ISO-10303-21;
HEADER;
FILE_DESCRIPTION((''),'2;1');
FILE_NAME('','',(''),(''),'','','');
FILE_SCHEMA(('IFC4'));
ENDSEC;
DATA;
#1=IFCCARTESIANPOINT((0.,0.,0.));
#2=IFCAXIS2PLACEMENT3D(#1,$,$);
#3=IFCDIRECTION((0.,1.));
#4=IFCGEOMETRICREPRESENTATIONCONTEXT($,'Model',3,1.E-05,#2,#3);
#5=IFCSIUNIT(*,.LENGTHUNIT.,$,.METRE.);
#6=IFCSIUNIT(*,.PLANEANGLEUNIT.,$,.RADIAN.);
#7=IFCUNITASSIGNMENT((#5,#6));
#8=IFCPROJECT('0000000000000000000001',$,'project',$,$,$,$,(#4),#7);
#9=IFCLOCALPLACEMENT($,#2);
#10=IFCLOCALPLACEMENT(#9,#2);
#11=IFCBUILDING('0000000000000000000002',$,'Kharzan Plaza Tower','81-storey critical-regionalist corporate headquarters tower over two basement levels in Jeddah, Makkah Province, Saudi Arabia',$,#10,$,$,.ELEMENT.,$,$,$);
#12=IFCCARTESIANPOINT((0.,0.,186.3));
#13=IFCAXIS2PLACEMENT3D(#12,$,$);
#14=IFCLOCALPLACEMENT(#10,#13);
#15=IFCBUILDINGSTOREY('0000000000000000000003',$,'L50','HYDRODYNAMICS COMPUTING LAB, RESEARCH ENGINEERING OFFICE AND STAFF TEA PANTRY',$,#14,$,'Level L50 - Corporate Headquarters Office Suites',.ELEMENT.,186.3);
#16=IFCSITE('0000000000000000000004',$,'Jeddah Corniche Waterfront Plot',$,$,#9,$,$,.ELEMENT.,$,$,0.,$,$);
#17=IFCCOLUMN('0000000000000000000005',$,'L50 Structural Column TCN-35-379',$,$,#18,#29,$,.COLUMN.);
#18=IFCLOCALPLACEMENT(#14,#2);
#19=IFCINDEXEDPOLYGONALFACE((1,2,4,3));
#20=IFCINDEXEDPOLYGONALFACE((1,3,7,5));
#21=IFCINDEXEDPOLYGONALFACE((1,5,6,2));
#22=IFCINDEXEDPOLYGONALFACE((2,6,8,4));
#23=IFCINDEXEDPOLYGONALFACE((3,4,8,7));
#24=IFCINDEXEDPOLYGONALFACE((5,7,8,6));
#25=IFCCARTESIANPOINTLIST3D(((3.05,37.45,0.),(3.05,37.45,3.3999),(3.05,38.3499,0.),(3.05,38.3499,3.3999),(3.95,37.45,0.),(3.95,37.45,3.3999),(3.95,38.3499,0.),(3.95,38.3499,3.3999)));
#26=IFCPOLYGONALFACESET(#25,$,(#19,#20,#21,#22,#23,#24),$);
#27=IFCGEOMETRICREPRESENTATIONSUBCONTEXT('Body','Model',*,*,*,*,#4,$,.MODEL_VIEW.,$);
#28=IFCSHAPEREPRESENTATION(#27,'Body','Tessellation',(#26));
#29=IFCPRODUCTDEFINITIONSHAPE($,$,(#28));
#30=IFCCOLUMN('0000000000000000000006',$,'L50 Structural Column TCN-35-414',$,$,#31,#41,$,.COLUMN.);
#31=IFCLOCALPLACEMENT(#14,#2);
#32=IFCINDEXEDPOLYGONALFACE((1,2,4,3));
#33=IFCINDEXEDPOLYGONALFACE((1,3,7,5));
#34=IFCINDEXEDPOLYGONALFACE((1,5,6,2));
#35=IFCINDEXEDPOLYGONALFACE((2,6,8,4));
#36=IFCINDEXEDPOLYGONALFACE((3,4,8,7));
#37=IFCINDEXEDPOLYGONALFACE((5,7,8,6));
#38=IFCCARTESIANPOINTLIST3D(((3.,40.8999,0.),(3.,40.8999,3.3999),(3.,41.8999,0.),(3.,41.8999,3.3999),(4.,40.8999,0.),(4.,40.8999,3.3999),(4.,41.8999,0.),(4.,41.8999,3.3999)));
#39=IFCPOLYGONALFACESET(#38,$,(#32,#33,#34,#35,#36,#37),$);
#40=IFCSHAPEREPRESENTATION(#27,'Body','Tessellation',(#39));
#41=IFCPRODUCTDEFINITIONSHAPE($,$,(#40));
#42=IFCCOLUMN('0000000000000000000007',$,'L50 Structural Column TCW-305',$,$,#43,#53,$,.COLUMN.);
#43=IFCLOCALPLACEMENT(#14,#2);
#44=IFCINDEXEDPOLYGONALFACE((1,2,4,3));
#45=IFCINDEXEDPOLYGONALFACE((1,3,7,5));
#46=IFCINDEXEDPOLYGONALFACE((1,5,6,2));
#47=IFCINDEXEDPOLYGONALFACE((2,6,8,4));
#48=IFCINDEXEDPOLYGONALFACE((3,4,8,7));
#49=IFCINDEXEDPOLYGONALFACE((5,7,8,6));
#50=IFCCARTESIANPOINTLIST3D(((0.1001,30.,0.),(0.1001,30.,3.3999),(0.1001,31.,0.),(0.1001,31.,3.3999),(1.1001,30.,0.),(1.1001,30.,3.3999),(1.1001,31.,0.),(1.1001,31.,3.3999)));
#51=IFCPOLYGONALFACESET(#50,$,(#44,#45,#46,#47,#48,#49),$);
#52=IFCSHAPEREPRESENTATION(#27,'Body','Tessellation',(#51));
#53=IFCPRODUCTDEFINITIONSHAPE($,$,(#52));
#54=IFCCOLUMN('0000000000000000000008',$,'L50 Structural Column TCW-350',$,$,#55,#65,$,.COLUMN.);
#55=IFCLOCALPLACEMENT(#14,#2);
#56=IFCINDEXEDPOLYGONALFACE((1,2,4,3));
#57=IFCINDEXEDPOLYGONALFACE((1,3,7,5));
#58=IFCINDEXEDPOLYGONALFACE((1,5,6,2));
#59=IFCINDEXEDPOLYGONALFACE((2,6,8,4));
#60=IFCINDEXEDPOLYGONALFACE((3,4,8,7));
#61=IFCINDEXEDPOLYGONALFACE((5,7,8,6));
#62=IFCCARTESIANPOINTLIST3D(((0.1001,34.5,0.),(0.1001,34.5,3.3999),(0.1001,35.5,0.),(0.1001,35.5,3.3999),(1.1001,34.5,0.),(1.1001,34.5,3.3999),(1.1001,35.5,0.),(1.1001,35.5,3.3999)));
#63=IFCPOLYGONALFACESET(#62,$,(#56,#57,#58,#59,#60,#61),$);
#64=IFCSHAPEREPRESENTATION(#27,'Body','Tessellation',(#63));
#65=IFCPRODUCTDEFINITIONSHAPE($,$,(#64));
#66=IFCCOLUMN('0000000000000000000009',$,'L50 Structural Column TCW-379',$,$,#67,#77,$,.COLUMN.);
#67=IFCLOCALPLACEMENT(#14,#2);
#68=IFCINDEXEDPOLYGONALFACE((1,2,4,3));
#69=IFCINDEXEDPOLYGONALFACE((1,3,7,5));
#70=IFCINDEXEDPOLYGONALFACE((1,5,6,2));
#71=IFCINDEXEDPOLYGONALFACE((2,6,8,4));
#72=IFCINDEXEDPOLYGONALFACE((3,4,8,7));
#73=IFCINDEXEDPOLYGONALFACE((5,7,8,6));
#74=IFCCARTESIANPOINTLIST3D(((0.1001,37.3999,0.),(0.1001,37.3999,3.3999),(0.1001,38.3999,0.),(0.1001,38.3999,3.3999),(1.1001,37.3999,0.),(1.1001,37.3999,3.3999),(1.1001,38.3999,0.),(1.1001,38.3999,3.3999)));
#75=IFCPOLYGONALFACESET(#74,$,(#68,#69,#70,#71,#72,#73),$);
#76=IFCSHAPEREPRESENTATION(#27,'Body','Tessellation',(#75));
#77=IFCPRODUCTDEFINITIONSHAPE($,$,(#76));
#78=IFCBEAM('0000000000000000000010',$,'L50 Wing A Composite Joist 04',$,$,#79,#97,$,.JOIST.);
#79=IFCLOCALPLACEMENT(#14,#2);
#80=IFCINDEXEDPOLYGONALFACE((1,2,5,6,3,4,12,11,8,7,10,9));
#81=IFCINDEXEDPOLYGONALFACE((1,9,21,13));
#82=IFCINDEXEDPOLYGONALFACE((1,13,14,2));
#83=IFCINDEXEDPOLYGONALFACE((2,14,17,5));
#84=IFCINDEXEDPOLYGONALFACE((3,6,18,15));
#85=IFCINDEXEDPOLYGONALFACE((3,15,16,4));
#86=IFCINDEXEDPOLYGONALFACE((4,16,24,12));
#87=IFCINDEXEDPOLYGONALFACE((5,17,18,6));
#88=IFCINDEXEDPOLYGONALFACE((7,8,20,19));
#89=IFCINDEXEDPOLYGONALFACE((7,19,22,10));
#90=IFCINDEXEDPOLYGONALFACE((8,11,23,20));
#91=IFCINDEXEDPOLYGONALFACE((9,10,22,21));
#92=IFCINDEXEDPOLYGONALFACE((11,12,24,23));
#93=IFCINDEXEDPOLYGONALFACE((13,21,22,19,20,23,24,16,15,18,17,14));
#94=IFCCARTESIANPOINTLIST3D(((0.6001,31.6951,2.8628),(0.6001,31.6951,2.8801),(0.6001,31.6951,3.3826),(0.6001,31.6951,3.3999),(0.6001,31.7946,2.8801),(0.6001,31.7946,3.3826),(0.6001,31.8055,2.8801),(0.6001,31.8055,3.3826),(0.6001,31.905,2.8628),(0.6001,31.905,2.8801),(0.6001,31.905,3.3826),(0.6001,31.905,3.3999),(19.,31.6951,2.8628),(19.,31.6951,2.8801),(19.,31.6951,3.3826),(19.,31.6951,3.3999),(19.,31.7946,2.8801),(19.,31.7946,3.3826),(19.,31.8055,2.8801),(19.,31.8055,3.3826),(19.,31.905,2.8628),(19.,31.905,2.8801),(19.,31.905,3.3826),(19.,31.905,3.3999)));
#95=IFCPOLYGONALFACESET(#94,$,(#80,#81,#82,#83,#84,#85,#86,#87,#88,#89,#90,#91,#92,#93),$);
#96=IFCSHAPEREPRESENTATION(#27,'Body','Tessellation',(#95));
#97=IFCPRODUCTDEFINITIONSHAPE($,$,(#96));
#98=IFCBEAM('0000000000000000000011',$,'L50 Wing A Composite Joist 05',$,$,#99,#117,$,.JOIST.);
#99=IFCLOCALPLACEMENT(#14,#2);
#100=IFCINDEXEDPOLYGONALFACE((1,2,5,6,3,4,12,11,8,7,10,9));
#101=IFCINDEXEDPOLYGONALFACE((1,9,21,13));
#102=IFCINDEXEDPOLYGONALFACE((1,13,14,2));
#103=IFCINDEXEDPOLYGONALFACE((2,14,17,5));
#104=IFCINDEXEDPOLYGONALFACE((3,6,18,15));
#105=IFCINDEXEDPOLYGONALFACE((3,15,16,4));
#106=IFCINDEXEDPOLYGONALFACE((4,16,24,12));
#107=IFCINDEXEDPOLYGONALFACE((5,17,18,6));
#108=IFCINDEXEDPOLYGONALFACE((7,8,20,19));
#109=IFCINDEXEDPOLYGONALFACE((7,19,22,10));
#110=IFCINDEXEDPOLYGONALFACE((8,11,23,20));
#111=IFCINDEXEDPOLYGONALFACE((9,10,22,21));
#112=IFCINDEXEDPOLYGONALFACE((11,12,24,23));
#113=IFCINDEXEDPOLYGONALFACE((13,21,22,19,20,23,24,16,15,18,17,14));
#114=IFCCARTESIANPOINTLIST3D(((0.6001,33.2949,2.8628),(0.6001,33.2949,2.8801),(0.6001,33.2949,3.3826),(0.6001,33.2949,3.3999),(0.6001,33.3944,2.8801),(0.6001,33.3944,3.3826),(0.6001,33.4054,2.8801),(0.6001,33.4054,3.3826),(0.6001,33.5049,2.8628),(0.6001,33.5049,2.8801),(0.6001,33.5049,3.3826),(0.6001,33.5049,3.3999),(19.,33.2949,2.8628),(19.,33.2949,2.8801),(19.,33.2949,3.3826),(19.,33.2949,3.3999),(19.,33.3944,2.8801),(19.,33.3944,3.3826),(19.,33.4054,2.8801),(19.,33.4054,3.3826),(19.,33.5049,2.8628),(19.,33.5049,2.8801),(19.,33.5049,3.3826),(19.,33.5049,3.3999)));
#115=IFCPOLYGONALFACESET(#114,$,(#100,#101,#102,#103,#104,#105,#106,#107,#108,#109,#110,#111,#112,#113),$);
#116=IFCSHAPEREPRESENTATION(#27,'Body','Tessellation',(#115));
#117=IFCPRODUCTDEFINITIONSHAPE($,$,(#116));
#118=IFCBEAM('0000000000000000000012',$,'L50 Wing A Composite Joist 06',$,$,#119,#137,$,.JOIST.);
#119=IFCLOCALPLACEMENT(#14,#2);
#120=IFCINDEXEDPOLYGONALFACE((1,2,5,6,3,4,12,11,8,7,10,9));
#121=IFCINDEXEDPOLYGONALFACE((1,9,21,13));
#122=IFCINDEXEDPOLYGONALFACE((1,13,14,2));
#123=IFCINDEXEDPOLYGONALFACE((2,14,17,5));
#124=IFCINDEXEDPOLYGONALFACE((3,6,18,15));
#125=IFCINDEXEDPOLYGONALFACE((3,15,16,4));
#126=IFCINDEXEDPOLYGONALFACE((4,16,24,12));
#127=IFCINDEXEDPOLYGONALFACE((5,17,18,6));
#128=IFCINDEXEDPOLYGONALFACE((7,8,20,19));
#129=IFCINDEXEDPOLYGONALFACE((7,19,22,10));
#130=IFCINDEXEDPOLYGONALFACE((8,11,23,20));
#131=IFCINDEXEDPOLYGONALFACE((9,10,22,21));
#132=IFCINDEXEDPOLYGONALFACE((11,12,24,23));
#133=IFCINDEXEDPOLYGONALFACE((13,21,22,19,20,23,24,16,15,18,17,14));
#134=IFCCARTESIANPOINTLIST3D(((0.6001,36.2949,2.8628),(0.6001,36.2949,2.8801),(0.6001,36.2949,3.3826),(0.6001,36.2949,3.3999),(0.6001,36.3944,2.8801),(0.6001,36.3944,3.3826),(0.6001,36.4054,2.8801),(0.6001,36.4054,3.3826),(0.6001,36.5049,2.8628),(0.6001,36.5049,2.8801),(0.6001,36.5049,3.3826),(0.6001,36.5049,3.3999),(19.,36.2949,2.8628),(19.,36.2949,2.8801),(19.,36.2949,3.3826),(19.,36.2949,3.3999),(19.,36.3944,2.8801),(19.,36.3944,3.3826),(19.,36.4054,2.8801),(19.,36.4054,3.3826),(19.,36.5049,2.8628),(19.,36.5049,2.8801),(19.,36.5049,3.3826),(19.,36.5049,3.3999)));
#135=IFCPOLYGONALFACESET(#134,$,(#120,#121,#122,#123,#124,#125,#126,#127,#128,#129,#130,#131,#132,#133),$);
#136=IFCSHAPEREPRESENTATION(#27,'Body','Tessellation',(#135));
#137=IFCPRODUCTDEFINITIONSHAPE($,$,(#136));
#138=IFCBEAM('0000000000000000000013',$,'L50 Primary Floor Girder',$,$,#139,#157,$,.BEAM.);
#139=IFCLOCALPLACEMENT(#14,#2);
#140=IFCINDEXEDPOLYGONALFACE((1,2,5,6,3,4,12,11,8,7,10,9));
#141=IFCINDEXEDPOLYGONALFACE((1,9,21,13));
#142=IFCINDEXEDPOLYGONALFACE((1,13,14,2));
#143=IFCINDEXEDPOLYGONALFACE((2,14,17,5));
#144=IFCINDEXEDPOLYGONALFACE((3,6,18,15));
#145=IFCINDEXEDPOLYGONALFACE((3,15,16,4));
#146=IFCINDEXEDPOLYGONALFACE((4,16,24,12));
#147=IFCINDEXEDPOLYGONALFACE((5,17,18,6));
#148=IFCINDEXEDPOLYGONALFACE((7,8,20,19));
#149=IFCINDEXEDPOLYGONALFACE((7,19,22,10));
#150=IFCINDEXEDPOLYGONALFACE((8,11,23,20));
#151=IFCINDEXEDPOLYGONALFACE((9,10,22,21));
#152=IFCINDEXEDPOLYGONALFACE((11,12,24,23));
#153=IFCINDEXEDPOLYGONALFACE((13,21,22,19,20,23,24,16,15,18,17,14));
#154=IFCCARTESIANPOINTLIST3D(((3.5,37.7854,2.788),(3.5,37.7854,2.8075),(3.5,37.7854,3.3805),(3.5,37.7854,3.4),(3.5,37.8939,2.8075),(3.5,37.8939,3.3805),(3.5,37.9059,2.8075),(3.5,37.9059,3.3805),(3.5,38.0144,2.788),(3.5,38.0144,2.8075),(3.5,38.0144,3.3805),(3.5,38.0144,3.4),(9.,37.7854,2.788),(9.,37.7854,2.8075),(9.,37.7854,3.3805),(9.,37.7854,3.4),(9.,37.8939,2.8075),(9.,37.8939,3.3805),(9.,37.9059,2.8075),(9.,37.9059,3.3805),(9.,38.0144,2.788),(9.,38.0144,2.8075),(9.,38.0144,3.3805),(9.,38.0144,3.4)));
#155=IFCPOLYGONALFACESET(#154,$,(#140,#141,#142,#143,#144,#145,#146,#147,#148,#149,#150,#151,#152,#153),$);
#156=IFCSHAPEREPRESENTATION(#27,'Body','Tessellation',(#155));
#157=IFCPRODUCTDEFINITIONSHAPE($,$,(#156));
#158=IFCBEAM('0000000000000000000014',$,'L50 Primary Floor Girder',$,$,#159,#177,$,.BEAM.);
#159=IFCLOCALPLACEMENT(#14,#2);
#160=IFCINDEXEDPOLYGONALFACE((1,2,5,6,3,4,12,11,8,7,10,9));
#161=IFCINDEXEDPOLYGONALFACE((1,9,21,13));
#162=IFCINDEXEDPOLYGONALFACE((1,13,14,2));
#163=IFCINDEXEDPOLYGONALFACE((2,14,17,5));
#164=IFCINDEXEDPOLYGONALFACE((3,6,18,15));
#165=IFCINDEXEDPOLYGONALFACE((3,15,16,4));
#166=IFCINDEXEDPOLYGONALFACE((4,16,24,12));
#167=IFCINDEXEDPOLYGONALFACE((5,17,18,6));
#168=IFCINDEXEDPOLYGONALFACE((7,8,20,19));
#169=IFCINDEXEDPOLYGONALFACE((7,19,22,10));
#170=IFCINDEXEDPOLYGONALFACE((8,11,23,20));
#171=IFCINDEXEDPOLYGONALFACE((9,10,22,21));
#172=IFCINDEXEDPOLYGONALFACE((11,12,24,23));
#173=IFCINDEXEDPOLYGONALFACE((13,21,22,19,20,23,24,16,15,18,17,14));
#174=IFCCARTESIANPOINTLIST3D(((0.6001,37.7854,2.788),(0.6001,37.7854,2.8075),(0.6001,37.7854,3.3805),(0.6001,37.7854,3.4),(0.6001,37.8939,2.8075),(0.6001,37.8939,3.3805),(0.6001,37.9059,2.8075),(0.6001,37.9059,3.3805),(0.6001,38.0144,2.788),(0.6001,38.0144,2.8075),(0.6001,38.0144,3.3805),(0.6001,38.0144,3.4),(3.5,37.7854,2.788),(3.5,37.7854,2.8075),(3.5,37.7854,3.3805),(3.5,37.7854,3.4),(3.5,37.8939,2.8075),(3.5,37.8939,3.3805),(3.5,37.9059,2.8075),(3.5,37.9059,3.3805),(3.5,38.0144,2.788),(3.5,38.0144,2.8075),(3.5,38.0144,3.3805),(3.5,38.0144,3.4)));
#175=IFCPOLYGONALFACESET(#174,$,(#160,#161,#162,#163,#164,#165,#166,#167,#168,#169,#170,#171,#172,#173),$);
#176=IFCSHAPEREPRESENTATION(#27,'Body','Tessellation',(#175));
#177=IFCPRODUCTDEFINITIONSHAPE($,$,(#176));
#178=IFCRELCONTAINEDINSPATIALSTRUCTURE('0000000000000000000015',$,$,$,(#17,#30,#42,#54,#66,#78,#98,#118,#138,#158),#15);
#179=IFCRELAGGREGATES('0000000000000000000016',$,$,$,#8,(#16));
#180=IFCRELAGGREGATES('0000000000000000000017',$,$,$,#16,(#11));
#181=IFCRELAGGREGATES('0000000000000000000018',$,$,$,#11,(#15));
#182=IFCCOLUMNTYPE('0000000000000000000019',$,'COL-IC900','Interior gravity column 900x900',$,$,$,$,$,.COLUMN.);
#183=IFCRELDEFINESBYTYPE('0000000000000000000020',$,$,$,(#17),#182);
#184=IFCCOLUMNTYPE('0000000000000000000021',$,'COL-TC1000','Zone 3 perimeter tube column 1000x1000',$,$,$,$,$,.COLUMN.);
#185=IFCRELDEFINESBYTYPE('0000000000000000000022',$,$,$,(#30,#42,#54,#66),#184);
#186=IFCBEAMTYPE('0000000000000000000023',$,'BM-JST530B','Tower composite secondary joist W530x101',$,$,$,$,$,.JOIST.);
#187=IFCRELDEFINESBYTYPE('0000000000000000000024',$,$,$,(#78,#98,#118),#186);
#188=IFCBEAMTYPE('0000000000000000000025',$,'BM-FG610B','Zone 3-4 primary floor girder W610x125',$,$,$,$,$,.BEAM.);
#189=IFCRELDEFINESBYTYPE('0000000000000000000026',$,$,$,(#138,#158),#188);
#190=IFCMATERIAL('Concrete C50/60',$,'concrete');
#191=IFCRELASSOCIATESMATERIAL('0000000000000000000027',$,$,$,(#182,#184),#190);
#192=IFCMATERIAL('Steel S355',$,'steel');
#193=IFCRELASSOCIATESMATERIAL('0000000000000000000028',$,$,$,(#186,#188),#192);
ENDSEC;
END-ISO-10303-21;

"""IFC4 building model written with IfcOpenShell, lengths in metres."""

from ifc_helpers import new_model, si_unit, direction, frame, origin, origin_2d, place, context, subcontext, project, spatial, rectangle, i_section, extrude, source, transform, mapped, material, material_profile, profile_set, type_object, element, save


model = new_model("IFC4")

# Units and contexts
model_context = context("Model", 3, precision=1e-05, world=origin(), true_north=direction((0.0, 1.0)))
body_context = subcontext(model_context, "Body", "Model", "MODEL_VIEW")
ifc_project = project(units=[si_unit("LENGTHUNIT", "METRE"), si_unit("PLANEANGLEUNIT", "RADIAN")], contexts=[model_context])

# Site, building, storey
site_placement = place(None, origin())
site = spatial("IfcSite", under=ifc_project, at=site_placement, Name="Jeddah Corniche Waterfront Plot", CompositionType="ELEMENT", RefElevation=0.0)
building_placement = place(site_placement, origin())
building = spatial("IfcBuilding", under=site, at=building_placement, Name="Kharzan Plaza Tower", Description="81-storey critical-regionalist corporate headquarters tower over two basement levels in Jeddah, Makkah Province, Saudi Arabia", CompositionType="ELEMENT")
storey_placement = place(building_placement, frame((0.0, 0.0, 186.3)))
storey = spatial("IfcBuildingStorey", under=building, at=storey_placement, Name="L50", Description="HYDRODYNAMICS COMPUTING LAB, RESEARCH ENGINEERING OFFICE AND STAFF TEA PANTRY", LongName="Level L50 - Corporate Headquarters Office Suites", CompositionType="ELEMENT", Elevation=186.3)

# Columns
ifc_material_1 = material(Name="Concrete C50/60", Category="concrete")
ifc_material_profile_1 = material_profile(ifc_material_1, rectangle(XDim=0.8999, YDim=0.8999, at=origin_2d()), Name="RC-IC900x900")
ifc_profile_set_1 = profile_set([ifc_material_profile_1], Name="Concrete C50/60")
column_type_1 = type_object("IfcColumnType", Name="COL-IC900", Description="Interior gravity column 900x900", PredefinedType="COLUMN", material=ifc_profile_set_1)
shared_shape_1 = source(origin(), body_context, "Body", "SweptSolid", [
    extrude(rectangle(XDim=0.8999, YDim=0.8999, at=origin_2d()), origin(), (0.0, 0.0, 1.0), 3.3999),
])
column_placement = place(storey_placement, frame((3.5, 37.8999, 0.0), z_axis=(0.0, 0.0, 1.0), x_axis=(1.0, 0.0, 0.0)))
element("IfcColumn", 1, at=column_placement, inside=storey, type_object=column_type_1, Name="L50 Structural Column TCN-35-379", PredefinedType="COLUMN", context=body_context, shape_type="MappedRepresentation", body=[
    mapped(shared_shape_1, transform((0.0, 0.0, 0.0), x_axis=(1.0, 0.0, 0.0), y_axis=(0.0, 1.0, 0.0), z_axis=(0.0, 0.0, 1.0))),
])
ifc_material_profile_2 = material_profile(ifc_material_1, rectangle(XDim=1.0, YDim=1.0, at=origin_2d()), Name="RC-TC1000x1000")
ifc_profile_set_2 = profile_set([ifc_material_profile_2], Name="Concrete C50/60")
column_type_2 = type_object("IfcColumnType", Name="COL-TC1000", Description="Zone 3 perimeter tube column 1000x1000", PredefinedType="COLUMN", material=ifc_profile_set_2)
shared_shape_2 = source(origin(), body_context, "Body", "SweptSolid", [
    extrude(rectangle(XDim=1.0, YDim=1.0, at=origin_2d()), origin(), (0.0, 0.0, 1.0), 3.3999),
])
for number, where, z_axis, x_axis, name in (
    (2, (3.5, 41.3999, 0.0), (0.0, 0.0, 1.0), (1.0, 0.0, 0.0), "L50 Structural Column TCN-35-414"),
    (3, (0.6001, 30.5, 0.0), (0.0, 0.0, 1.0), (1.0, 0.0, 0.0), "L50 Structural Column TCW-305"),
    (4, (0.6001, 35.0, 0.0), (0.0, 0.0, 1.0), (1.0, 0.0, 0.0), "L50 Structural Column TCW-350"),
    (5, (0.6001, 37.8999, 0.0), (0.0, 0.0, 1.0), (1.0, 0.0, 0.0), "L50 Structural Column TCW-379"),
):
    element("IfcColumn", number, at=place(storey_placement, frame(where, z_axis=z_axis, x_axis=x_axis)), inside=storey, type_object=column_type_2, Name=name, PredefinedType="COLUMN", context=body_context, shape_type="MappedRepresentation", body=[
        mapped(shared_shape_2, transform((0.0, 0.0, 0.0), x_axis=(1.0, 0.0, 0.0), y_axis=(0.0, 1.0, 0.0), z_axis=(0.0, 0.0, 1.0))),
    ])

# Beams
ifc_material_2 = material(Name="Steel S355", Category="steel")
ifc_material_profile_3 = material_profile(ifc_material_2, i_section(OverallWidth=0.21, OverallDepth=0.5371, WebThickness=0.011, FlangeThickness=0.0173, at=origin_2d()), Name="W530x101")
ifc_profile_set_3 = profile_set([ifc_material_profile_3], Name="Steel S355")
beam_type_1 = type_object("IfcBeamType", Name="BM-JST530B", Description="Tower composite secondary joist W530x101", PredefinedType="JOIST", material=ifc_profile_set_3)
shared_shape_3 = source(origin(), body_context, "Body", "SweptSolid", [
    extrude(i_section(OverallWidth=0.21, OverallDepth=0.5371, WebThickness=0.011, FlangeThickness=0.0173, at=origin_2d()), origin(), (0.0, 0.0, 1.0), 18.3999),
])
for number, where, z_axis, x_axis, name in (
    (6, (0.6001, 31.8, 3.1313), (1.0, 0.0, 0.0), (0.0, 1.0, 0.0), "L50 Wing A Composite Joist 04"),
    (7, (0.6001, 33.3999, 3.1313), (1.0, 0.0, 0.0), (0.0, 1.0, 0.0), "L50 Wing A Composite Joist 05"),
    (8, (0.6001, 36.3999, 3.1313), (1.0, 0.0, 0.0), (0.0, 1.0, 0.0), "L50 Wing A Composite Joist 06"),
):
    element("IfcBeam", number, at=place(storey_placement, frame(where, z_axis=z_axis, x_axis=x_axis)), inside=storey, type_object=beam_type_1, Name=name, PredefinedType="JOIST", context=body_context, shape_type="MappedRepresentation", body=[
        mapped(shared_shape_3, transform((0.0, 0.0, 0.0), x_axis=(1.0, 0.0, 0.0), y_axis=(0.0, 1.0, 0.0), z_axis=(0.0, 0.0, 1.0))),
    ])
ifc_material_profile_4 = material_profile(ifc_material_2, i_section(OverallWidth=0.229, OverallDepth=0.6121, WebThickness=0.012, FlangeThickness=0.0195, at=origin_2d()), Name="W610x125")
ifc_profile_set_4 = profile_set([ifc_material_profile_4], Name="Steel S355")
beam_type_2 = type_object("IfcBeamType", Name="BM-FG610B", Description="Zone 3-4 primary floor girder W610x125", PredefinedType="BEAM", material=ifc_profile_set_4)
shared_shape_4 = source(origin(), body_context, "Body", "SweptSolid", [
    extrude(i_section(OverallWidth=0.229, OverallDepth=0.6121, WebThickness=0.012, FlangeThickness=0.0195, at=origin_2d()), origin(), (0.0, 0.0, 1.0), 5.5),
])
beam_1_placement = place(storey_placement, frame((3.5, 37.8999, 3.094), z_axis=(1.0, 0.0, 0.0), x_axis=(0.0, 1.0, 0.0)))
element("IfcBeam", 9, at=beam_1_placement, inside=storey, type_object=beam_type_2, Name="L50 Primary Floor Girder", PredefinedType="BEAM", context=body_context, shape_type="MappedRepresentation", body=[
    mapped(shared_shape_4, transform((0.0, 0.0, 0.0), x_axis=(1.0, 0.0, 0.0), y_axis=(0.0, 1.0, 0.0), z_axis=(0.0, 0.0, 1.0))),
])
shared_shape_5 = source(origin(), body_context, "Body", "SweptSolid", [
    extrude(i_section(OverallWidth=0.229, OverallDepth=0.6121, WebThickness=0.012, FlangeThickness=0.0195, at=origin_2d()), origin(), (0.0, 0.0, 1.0), 2.8999),
])
beam_2_placement = place(storey_placement, frame((0.6001, 37.8999, 3.094), z_axis=(1.0, 0.0, 0.0), x_axis=(0.0, 1.0, 0.0)))
element("IfcBeam", 10, at=beam_2_placement, inside=storey, type_object=beam_type_2, Name="L50 Primary Floor Girder", PredefinedType="BEAM", context=body_context, shape_type="MappedRepresentation", body=[
    mapped(shared_shape_5, transform((0.0, 0.0, 0.0), x_axis=(1.0, 0.0, 0.0), y_axis=(0.0, 1.0, 0.0), z_axis=(0.0, 0.0, 1.0))),
])

save(model, "model.ifc")
